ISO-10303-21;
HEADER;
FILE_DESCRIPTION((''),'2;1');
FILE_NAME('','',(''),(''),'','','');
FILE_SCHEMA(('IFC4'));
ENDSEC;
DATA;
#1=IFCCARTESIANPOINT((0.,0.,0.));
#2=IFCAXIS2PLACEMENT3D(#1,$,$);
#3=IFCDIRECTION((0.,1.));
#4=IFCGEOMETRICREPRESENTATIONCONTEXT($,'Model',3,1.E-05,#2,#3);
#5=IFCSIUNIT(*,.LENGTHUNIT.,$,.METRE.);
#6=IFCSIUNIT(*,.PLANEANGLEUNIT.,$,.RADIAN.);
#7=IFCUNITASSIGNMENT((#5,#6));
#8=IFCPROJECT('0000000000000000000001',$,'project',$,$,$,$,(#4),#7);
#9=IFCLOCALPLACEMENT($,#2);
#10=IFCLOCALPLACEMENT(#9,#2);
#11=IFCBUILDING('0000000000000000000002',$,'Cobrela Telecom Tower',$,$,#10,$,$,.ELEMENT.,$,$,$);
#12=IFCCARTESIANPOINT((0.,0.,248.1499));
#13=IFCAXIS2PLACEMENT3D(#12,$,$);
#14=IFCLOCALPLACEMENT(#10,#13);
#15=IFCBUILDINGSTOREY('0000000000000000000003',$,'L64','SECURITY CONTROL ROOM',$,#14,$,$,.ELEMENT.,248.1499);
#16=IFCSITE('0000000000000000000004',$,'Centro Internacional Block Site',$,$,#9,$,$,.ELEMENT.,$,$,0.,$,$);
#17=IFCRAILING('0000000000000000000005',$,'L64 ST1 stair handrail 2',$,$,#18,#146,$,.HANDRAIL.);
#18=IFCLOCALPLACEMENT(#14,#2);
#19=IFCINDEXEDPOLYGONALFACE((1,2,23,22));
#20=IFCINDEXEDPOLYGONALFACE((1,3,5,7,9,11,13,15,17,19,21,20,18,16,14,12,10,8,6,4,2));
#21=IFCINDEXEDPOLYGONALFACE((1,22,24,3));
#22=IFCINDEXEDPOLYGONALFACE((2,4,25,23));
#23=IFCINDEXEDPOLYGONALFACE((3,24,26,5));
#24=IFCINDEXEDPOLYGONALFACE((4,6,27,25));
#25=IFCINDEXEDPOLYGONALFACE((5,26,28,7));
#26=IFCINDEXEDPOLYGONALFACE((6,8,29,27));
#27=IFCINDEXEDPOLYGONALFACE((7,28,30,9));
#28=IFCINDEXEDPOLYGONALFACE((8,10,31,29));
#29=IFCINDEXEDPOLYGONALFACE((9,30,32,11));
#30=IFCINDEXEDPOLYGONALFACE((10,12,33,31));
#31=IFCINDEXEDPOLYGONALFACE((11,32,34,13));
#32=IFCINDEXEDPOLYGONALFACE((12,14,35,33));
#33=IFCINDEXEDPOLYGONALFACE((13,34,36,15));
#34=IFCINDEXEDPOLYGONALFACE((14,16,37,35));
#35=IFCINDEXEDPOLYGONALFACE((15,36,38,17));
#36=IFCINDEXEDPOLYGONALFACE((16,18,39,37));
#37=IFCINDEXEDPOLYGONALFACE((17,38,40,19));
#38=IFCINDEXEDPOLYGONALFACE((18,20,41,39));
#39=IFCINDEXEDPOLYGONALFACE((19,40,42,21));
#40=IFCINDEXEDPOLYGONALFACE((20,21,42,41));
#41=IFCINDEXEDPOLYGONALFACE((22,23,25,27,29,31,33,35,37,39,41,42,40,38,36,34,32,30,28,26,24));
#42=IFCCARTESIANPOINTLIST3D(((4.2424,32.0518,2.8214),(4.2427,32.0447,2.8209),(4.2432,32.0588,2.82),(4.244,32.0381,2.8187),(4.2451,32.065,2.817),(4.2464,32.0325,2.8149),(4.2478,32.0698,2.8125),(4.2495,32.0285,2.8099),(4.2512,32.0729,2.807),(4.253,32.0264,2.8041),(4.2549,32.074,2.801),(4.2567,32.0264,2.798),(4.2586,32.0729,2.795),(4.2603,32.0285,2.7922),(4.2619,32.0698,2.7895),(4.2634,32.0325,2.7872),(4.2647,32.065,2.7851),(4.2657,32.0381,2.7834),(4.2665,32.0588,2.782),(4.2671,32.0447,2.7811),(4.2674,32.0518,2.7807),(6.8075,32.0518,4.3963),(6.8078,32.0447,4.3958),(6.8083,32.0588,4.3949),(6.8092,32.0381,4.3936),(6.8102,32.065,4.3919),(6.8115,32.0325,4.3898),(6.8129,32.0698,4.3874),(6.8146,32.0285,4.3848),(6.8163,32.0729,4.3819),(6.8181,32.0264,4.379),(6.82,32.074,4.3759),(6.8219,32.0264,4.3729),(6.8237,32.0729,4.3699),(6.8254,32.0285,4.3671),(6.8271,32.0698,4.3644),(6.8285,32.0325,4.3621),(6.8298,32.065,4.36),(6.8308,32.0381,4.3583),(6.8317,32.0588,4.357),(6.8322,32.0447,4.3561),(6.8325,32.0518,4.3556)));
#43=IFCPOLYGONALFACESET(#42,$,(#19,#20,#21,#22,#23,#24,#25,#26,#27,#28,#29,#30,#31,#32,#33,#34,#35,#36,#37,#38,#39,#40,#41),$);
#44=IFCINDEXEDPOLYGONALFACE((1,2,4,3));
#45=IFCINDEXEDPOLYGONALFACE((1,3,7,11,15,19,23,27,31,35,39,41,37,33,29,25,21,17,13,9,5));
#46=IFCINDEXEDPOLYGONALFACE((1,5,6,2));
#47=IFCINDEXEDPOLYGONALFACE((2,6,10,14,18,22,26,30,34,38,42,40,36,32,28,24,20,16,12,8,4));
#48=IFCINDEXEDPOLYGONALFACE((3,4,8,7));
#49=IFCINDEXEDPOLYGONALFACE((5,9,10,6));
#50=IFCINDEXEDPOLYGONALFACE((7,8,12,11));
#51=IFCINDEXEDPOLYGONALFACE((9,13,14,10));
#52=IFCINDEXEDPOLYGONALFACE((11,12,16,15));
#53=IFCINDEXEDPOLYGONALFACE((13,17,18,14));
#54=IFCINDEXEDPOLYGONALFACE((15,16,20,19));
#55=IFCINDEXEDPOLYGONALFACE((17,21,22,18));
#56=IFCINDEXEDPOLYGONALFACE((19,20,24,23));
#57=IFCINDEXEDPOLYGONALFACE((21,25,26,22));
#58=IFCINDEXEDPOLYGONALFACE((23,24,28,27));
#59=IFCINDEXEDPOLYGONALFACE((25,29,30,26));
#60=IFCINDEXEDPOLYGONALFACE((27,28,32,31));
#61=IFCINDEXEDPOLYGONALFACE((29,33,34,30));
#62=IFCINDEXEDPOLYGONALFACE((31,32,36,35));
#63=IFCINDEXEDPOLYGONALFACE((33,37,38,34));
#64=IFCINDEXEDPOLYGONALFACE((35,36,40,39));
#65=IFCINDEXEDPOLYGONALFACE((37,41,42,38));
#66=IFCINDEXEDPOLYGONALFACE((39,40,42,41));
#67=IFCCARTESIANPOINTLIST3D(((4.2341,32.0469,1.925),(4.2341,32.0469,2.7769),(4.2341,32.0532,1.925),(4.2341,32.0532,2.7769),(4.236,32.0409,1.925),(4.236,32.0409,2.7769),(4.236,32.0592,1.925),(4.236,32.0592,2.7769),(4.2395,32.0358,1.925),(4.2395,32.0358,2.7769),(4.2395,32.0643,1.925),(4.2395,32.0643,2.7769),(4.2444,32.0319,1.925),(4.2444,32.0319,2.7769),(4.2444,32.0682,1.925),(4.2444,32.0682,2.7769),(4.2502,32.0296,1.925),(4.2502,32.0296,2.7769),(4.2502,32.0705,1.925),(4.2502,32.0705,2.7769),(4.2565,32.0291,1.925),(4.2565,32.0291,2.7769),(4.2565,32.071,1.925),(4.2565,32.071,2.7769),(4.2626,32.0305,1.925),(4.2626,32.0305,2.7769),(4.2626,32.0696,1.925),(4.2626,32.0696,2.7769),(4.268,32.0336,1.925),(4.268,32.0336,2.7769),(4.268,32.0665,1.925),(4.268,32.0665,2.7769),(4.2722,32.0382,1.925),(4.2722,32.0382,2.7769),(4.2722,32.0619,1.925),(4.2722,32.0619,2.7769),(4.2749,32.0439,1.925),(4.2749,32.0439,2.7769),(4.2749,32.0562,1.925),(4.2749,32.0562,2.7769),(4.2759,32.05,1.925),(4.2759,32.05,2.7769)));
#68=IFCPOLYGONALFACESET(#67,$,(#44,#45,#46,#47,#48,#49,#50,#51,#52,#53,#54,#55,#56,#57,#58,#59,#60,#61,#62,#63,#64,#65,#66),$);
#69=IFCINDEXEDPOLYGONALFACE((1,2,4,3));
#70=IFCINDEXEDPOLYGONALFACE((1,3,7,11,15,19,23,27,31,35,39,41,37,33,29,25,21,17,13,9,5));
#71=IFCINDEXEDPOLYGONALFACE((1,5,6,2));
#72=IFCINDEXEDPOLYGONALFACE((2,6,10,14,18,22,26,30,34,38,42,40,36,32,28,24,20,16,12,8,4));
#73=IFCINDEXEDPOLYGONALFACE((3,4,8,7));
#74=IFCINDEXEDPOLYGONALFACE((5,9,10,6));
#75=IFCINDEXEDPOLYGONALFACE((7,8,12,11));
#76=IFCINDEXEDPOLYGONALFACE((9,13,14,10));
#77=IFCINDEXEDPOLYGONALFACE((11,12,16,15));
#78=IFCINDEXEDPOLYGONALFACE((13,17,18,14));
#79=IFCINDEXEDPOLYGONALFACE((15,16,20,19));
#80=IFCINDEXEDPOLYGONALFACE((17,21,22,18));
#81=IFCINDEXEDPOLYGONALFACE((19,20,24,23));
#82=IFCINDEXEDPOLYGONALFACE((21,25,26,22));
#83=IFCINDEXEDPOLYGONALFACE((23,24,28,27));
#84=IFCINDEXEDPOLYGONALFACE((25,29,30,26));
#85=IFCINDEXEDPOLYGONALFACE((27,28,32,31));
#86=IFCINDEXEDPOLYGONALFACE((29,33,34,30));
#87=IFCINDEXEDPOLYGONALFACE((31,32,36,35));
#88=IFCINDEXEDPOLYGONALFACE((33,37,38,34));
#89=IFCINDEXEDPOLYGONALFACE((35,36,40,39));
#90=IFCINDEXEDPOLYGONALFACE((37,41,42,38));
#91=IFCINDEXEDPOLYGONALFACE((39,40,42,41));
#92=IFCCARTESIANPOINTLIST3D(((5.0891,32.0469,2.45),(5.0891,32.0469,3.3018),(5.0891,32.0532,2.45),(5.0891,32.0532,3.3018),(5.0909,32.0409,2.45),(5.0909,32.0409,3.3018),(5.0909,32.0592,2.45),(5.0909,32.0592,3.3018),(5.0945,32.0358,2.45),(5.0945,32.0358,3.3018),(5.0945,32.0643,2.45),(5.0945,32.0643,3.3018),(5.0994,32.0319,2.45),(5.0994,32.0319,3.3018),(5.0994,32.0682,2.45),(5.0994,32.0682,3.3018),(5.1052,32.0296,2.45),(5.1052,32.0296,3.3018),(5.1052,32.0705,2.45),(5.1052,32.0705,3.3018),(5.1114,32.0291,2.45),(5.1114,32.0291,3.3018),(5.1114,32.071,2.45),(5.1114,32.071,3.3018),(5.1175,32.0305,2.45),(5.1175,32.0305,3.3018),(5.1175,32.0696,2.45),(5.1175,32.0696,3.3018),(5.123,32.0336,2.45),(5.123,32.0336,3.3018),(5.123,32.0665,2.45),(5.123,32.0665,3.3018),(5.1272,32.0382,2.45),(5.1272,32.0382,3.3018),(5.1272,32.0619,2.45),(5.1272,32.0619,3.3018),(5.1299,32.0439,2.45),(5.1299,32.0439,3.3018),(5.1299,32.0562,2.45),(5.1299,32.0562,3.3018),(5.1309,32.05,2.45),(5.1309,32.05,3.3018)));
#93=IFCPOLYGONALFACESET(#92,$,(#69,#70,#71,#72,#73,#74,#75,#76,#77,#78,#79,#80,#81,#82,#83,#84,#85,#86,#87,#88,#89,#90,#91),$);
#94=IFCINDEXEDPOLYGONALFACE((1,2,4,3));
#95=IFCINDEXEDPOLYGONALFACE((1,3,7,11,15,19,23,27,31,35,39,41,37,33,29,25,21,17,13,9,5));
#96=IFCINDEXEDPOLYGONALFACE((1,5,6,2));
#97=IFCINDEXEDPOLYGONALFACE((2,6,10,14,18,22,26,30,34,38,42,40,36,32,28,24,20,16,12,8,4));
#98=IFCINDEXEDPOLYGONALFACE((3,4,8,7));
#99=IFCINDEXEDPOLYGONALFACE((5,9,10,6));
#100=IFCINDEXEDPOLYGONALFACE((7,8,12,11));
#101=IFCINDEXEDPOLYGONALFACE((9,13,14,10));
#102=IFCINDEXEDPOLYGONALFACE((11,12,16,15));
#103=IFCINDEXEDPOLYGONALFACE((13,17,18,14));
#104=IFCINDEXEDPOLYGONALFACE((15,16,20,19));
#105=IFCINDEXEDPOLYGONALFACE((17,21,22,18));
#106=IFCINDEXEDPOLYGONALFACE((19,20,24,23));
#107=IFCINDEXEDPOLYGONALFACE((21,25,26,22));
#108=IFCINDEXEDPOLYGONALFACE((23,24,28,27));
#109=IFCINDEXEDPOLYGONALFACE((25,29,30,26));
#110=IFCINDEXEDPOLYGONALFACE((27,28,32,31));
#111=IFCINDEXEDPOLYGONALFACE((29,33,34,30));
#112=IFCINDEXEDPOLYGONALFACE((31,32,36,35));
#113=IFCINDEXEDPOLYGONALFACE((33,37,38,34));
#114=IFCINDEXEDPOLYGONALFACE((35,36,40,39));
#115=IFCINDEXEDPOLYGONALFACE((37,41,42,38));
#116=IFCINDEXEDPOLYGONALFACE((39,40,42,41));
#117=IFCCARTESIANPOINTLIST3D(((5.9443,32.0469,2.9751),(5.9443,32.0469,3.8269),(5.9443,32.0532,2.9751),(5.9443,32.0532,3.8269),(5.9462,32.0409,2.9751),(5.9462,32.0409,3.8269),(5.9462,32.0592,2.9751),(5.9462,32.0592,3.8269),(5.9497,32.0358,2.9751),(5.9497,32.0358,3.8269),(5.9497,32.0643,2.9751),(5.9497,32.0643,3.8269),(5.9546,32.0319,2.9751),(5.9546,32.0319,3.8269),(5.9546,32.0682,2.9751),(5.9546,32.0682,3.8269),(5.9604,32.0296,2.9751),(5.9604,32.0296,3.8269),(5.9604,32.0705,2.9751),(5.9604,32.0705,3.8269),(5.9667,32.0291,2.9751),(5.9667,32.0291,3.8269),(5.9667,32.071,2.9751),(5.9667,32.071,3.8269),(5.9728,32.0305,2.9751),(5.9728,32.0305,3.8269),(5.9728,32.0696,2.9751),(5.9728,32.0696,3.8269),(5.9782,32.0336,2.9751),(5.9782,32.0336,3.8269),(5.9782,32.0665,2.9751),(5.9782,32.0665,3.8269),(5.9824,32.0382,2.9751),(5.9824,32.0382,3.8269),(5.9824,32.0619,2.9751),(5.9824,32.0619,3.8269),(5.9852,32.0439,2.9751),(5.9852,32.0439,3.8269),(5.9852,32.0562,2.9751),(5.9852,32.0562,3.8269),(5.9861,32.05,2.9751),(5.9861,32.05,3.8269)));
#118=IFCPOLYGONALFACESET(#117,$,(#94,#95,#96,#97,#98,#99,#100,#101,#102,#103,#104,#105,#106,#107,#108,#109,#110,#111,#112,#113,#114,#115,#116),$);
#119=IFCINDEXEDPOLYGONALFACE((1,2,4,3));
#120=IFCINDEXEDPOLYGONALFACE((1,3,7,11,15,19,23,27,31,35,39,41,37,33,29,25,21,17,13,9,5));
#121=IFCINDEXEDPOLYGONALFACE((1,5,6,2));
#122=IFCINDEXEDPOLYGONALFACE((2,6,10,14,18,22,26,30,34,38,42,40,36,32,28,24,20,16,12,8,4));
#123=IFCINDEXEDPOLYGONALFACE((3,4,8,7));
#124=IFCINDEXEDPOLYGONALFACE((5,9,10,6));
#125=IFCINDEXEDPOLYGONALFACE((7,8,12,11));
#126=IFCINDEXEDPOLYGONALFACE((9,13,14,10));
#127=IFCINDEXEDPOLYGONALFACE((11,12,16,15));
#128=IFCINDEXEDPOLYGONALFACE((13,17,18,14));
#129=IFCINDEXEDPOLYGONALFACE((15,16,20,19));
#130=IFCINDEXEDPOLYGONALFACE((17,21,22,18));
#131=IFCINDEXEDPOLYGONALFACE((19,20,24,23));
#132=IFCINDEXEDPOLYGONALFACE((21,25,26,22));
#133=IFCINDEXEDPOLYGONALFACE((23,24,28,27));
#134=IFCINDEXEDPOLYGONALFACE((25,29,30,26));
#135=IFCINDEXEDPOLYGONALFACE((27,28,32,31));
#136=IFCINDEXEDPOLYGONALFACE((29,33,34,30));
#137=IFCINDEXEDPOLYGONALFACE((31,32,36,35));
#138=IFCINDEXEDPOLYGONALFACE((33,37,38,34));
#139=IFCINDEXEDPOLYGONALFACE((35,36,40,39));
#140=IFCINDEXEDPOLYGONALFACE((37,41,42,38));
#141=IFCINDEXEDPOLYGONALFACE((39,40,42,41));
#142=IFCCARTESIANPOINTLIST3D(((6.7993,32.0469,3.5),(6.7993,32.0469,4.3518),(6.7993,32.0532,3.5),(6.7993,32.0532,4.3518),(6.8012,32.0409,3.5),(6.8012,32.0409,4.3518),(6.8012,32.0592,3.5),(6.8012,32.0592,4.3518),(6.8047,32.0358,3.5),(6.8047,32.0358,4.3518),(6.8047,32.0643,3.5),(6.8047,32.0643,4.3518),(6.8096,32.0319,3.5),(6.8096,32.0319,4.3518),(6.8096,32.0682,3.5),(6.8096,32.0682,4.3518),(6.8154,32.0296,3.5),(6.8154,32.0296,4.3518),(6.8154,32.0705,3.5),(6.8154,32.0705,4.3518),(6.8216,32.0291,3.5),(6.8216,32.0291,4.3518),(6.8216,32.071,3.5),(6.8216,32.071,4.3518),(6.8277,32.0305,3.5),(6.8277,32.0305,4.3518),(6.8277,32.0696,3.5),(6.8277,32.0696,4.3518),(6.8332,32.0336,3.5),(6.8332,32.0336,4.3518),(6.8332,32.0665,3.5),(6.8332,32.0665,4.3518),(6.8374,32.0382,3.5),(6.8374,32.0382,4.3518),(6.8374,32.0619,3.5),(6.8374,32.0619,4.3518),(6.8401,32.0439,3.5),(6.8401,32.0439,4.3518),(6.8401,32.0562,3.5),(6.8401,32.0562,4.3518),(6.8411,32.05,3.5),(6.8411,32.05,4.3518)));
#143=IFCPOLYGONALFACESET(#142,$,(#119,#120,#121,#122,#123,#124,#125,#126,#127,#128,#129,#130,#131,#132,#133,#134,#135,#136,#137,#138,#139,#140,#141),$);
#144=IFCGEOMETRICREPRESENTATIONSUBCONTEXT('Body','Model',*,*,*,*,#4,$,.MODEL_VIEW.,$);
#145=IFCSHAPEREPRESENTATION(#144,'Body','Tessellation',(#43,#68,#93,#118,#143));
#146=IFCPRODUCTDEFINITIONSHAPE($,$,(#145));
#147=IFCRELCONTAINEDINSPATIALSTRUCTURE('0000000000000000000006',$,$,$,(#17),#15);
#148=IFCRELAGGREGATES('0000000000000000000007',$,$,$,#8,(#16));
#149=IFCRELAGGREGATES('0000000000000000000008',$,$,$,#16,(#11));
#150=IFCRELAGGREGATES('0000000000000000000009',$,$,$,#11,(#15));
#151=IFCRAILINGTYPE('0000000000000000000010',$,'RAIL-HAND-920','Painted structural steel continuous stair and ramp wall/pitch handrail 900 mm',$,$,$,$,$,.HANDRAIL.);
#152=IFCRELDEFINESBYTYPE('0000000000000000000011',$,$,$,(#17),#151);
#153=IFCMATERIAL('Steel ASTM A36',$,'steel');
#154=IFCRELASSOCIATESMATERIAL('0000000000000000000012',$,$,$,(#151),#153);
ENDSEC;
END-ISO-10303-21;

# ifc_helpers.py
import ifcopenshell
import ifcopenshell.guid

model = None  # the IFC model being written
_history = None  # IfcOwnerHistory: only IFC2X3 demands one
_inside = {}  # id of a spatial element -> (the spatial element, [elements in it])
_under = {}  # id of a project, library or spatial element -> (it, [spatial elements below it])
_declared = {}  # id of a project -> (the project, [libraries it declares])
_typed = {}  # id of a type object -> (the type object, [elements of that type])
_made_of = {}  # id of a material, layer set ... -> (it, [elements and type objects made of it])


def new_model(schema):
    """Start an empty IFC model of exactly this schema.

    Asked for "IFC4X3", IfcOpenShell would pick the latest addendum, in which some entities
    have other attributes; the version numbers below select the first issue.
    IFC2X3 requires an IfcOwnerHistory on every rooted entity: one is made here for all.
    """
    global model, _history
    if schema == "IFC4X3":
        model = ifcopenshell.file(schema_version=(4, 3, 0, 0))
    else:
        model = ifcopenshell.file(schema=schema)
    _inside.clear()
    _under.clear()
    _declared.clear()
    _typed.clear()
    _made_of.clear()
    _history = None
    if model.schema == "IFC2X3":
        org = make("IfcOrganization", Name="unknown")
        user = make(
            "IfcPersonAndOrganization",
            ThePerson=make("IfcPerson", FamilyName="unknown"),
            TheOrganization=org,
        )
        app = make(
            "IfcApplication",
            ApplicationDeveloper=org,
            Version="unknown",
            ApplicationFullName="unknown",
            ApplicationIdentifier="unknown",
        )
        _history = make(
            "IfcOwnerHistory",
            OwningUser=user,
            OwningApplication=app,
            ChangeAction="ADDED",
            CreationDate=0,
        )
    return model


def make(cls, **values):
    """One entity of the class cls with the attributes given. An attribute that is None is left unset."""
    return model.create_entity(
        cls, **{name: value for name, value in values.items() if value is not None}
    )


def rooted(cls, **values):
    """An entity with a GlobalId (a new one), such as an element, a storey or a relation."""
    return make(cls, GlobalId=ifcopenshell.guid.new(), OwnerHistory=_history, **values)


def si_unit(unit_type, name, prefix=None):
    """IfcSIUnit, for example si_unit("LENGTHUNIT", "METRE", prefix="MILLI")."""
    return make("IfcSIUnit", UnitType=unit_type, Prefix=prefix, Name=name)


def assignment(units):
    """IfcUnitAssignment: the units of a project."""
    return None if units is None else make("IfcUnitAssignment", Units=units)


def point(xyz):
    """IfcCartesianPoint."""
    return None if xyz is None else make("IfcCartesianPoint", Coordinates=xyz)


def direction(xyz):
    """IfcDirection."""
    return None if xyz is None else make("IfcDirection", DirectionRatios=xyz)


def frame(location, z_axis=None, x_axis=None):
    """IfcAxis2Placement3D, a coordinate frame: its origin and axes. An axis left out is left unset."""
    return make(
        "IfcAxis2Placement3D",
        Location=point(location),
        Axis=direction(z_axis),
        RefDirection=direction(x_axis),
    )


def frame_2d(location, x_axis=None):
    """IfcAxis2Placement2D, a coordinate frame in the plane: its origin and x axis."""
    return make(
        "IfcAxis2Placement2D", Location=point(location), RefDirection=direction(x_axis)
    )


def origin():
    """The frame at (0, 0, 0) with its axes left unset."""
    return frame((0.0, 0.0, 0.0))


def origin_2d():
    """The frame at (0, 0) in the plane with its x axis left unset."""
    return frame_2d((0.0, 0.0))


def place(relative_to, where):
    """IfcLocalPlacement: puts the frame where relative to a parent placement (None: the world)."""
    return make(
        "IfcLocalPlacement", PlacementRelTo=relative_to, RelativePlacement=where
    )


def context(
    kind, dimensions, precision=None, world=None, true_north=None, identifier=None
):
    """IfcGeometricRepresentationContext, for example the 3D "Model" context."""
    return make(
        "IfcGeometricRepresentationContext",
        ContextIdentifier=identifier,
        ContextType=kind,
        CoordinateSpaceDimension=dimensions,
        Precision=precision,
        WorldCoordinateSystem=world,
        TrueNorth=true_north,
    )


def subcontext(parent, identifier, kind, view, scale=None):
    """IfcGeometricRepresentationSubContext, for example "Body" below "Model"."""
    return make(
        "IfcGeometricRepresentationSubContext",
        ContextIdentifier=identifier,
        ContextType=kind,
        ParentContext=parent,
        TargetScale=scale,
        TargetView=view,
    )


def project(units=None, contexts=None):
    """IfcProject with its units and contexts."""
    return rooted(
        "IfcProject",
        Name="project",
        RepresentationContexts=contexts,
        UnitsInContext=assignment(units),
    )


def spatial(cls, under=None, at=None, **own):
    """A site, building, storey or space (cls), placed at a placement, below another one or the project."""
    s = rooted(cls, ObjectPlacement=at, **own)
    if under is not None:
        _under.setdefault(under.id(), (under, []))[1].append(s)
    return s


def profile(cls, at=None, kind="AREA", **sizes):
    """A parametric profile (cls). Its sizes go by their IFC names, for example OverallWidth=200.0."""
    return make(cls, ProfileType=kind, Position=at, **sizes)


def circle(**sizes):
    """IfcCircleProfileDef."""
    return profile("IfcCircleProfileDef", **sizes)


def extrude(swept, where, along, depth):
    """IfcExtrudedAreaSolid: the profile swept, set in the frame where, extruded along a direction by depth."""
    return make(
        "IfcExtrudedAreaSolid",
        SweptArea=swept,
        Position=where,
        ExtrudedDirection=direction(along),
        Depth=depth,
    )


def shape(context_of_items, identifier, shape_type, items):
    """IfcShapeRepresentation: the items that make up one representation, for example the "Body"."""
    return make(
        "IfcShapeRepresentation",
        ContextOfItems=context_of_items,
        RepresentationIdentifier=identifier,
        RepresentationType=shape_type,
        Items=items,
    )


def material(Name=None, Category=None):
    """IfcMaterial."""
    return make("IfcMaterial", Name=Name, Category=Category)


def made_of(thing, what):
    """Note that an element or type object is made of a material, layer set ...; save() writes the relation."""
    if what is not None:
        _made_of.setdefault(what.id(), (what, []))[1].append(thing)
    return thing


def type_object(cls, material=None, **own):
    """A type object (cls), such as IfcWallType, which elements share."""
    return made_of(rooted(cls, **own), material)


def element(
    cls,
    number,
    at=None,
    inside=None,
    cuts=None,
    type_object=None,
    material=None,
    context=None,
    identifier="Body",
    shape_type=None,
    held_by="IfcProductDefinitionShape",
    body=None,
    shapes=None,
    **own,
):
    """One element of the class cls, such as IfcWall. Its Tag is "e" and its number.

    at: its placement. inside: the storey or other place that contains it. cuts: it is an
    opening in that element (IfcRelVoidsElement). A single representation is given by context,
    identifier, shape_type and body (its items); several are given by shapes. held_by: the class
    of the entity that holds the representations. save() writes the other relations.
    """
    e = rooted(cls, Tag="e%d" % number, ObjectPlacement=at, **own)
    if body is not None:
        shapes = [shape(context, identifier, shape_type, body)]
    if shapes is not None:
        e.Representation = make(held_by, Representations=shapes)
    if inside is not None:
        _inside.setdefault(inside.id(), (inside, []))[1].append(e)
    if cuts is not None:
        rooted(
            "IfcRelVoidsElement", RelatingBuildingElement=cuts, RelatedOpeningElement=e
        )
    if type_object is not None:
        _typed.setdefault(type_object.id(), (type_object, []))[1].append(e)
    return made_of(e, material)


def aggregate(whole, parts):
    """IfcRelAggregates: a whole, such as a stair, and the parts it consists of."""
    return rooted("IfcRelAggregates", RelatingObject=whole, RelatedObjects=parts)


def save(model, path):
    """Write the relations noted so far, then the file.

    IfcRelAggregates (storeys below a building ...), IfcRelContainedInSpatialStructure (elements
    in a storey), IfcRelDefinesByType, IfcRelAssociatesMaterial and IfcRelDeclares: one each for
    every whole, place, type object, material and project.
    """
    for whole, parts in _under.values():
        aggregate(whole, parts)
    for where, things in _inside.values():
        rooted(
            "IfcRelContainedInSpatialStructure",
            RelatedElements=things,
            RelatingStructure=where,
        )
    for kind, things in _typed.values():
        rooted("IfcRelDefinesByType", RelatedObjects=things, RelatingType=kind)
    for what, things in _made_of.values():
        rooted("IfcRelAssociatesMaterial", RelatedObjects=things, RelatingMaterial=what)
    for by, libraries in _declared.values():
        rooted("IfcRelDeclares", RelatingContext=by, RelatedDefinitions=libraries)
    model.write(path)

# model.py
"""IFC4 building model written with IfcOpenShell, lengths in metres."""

from ifc_helpers import new_model, si_unit, direction, frame, origin, origin_2d, place, context, subcontext, project, spatial, circle, extrude, material, type_object, element, save


model = new_model("IFC4")

# Units and contexts
model_context = context("Model", 3, precision=1e-05, world=origin(), true_north=direction((0.0, 1.0)))
body_context = subcontext(model_context, "Body", "Model", "MODEL_VIEW")
ifc_project = project(units=[si_unit("LENGTHUNIT", "METRE"), si_unit("PLANEANGLEUNIT", "RADIAN")], contexts=[model_context])

# Site, building, storey
site_placement = place(None, origin())
site = spatial("IfcSite", under=ifc_project, at=site_placement, Name="Centro Internacional Block Site", CompositionType="ELEMENT", RefElevation=0.0)
building_placement = place(site_placement, origin())
building = spatial("IfcBuilding", under=site, at=building_placement, Name="Cobrela Telecom Tower", CompositionType="ELEMENT")
storey_placement = place(building_placement, frame((0.0, 0.0, 248.1499)))
storey = spatial("IfcBuildingStorey", under=building, at=storey_placement, Name="L64", Description="SECURITY CONTROL ROOM", CompositionType="ELEMENT", Elevation=248.1499)

# Shared definitions
ifc_material_1 = material(Name="Steel ASTM A36", Category="steel")

# Railing
railing_type_1 = type_object("IfcRailingType", Name="RAIL-HAND-920", Description="Painted structural steel continuous stair and ramp wall/pitch handrail 900 mm", PredefinedType="HANDRAIL", material=ifc_material_1)
railing_1_placement = place(storey_placement, frame((4.2549, 32.05, 1.925)))
element("IfcRailing", 1, at=railing_1_placement, inside=storey, type_object=railing_type_1, Name="L64 ST1 stair handrail 2", PredefinedType="HANDRAIL", context=body_context, shape_type="SweptSolid", body=[
    extrude(circle(Radius=0.0239, at=origin_2d()), frame((0.0, 0.0, 0.876), z_axis=(0.852195, 0.0, 0.523224), x_axis=(0.0, 1.0, 0.0)), (0.0, 0.0, 1.0), 3.01),
    extrude(circle(Radius=0.021, at=origin_2d()), origin(), (0.0, 0.0, 1.0), 0.8518),
    extrude(circle(Radius=0.021, at=origin_2d()), frame((0.855, 0.0, 0.5249)), (0.0, 0.0, 1.0), 0.8518),
    extrude(circle(Radius=0.021, at=origin_2d()), frame((1.7102, 0.0, 1.05)), (0.0, 0.0, 1.0), 0.8518),
    extrude(circle(Radius=0.021, at=origin_2d()), frame((2.5652, 0.0, 1.575)), (0.0, 0.0, 1.0), 0.8518),
])

save(model, "model.ifc")
